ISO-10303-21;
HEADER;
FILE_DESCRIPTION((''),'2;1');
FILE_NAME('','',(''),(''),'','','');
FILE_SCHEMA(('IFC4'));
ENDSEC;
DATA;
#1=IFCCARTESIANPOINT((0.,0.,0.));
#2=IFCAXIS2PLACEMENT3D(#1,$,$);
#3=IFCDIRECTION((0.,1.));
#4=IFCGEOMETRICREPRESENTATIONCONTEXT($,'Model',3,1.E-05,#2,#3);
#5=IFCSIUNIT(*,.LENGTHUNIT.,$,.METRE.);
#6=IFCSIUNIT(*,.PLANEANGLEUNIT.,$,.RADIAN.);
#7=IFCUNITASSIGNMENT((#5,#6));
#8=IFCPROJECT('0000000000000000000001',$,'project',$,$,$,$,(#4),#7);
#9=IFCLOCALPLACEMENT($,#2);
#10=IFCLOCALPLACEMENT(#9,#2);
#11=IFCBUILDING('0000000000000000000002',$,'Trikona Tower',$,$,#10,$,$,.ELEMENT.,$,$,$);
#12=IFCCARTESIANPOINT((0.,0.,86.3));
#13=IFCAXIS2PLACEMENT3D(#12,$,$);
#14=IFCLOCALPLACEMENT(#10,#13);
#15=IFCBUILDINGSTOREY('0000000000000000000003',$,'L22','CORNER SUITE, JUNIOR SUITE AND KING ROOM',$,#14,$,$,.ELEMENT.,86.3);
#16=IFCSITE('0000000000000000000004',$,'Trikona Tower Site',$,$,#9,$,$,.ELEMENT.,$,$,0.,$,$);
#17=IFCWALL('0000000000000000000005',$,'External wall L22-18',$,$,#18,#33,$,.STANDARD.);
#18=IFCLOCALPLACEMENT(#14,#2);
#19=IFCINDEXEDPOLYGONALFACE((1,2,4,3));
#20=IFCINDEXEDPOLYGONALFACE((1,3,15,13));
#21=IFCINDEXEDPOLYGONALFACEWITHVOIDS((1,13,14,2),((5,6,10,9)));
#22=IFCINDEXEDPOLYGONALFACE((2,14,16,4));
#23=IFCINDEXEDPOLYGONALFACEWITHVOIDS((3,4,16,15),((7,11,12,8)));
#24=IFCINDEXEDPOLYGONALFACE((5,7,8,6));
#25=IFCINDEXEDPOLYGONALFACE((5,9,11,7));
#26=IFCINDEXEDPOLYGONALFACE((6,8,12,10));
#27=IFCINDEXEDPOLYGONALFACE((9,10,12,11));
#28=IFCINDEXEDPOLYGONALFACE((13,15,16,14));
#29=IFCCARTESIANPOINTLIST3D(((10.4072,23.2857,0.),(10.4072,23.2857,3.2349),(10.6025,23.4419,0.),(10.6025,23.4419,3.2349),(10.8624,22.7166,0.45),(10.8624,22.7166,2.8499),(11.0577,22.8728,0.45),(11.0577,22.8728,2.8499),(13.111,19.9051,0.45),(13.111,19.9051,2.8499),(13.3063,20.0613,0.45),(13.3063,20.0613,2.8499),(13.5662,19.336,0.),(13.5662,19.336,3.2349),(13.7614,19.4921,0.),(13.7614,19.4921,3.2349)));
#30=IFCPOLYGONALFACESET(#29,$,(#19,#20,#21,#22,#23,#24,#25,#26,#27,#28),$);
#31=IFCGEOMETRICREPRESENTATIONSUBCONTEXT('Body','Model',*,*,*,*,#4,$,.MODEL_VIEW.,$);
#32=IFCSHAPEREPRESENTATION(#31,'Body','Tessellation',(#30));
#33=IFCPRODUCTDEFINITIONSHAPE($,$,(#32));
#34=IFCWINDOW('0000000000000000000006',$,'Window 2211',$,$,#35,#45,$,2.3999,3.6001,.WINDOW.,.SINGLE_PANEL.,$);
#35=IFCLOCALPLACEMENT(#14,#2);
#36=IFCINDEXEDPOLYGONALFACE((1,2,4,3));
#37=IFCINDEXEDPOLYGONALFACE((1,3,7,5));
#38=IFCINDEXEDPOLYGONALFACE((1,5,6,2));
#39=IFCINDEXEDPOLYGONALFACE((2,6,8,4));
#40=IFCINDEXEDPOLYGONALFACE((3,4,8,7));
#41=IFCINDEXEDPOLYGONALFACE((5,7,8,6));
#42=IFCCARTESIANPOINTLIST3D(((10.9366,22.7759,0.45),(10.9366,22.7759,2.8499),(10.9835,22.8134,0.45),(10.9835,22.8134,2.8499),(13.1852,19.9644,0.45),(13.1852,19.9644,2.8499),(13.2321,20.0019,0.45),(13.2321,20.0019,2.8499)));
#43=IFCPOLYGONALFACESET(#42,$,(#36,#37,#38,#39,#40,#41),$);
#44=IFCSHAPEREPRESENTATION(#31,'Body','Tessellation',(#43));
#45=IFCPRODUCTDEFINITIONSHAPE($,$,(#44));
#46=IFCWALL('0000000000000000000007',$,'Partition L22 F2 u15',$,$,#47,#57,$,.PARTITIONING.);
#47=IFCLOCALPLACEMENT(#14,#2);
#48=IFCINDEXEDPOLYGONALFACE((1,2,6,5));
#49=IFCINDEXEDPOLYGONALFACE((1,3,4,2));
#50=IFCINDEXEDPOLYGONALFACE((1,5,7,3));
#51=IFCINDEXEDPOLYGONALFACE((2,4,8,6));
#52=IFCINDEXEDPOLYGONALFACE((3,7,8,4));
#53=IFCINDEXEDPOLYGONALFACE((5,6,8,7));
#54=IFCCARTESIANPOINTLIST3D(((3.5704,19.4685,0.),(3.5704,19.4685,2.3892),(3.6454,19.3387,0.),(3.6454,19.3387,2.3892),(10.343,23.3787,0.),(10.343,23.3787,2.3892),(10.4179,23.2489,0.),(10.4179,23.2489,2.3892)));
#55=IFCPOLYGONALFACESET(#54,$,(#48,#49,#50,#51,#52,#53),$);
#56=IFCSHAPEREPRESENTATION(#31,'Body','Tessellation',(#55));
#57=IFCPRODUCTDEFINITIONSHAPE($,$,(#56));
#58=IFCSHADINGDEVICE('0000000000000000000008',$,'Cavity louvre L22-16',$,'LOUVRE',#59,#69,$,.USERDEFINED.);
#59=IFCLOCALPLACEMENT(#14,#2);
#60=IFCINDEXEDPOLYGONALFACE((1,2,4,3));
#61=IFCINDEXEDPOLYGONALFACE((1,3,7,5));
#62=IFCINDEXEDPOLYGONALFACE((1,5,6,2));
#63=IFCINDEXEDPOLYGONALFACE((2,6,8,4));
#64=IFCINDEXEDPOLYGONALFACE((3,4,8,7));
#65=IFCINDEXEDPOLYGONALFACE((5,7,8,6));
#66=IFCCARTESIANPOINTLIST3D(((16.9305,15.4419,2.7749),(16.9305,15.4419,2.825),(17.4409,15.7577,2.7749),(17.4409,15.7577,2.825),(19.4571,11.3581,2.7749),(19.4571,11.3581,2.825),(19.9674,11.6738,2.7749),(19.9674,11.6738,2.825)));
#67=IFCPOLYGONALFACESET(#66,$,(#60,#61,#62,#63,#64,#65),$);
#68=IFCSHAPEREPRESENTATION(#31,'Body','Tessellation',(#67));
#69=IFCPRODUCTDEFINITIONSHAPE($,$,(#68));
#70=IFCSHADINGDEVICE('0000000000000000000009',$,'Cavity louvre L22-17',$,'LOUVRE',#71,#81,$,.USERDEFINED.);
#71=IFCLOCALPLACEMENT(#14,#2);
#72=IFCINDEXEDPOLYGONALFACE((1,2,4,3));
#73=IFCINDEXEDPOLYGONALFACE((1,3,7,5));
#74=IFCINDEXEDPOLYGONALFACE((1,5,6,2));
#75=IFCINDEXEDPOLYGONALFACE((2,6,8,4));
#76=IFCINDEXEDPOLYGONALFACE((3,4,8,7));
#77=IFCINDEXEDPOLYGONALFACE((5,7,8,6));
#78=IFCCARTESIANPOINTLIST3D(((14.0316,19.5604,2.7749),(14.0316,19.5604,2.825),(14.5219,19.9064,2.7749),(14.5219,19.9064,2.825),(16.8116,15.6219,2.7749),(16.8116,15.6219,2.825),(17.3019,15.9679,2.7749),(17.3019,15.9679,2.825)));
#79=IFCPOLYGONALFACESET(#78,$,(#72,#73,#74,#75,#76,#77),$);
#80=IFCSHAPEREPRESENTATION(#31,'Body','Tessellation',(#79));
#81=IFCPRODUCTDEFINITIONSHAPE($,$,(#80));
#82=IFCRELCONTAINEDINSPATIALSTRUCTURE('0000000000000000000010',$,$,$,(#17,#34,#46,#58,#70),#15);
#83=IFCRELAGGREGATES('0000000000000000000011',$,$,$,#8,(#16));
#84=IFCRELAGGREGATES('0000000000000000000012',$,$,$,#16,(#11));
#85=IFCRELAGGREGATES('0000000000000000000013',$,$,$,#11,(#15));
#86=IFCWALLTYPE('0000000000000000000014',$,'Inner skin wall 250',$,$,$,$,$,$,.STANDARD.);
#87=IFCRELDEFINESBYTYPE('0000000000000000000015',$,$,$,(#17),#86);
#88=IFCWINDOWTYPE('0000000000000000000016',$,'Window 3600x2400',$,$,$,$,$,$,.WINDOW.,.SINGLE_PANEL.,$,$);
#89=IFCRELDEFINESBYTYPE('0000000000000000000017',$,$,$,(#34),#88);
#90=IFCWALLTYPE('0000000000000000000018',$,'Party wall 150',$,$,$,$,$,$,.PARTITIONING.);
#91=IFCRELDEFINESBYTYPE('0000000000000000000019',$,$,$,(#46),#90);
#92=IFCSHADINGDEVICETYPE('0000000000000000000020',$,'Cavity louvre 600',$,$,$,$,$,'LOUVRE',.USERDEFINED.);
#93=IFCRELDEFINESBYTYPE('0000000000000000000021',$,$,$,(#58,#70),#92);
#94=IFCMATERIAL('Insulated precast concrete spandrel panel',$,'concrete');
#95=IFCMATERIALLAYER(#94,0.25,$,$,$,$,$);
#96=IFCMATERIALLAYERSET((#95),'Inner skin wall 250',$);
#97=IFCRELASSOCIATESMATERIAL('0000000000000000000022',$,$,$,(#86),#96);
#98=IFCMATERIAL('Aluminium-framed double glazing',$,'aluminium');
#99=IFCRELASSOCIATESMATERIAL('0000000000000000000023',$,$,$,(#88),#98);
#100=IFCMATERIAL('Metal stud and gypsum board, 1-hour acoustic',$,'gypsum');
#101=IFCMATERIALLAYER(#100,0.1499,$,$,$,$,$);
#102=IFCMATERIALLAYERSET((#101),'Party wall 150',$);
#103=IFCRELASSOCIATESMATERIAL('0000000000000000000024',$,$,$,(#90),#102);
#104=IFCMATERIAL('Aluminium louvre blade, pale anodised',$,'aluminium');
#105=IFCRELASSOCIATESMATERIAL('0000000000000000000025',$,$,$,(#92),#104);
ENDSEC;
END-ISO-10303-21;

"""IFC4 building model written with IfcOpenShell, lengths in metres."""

from ifc_helpers import new_model, si_unit, direction, frame, frame_2d, origin, origin_2d, place, context, subcontext, project, spatial, rectangle, extrude, material, layer, layer_set, type_object, element, fill, save


model = new_model("IFC4")

# Units and contexts
model_context = context("Model", 3, precision=1e-05, world=origin(), true_north=direction((0.0, 1.0)))
body_context = subcontext(model_context, "Body", "Model", "MODEL_VIEW")
ifc_project = project(units=[si_unit("LENGTHUNIT", "METRE"), si_unit("PLANEANGLEUNIT", "RADIAN")], contexts=[model_context])

# Site, building, storey
site_placement = place(None, origin())
site = spatial("IfcSite", under=ifc_project, at=site_placement, Name="Trikona Tower Site", CompositionType="ELEMENT", RefElevation=0.0)
building_placement = place(site_placement, origin())
building = spatial("IfcBuilding", under=site, at=building_placement, Name="Trikona Tower", CompositionType="ELEMENT")
storey_placement = place(building_placement, frame((0.0, 0.0, 86.3)))
storey = spatial("IfcBuildingStorey", under=building, at=storey_placement, Name="L22", Description="CORNER SUITE, JUNIOR SUITE AND KING ROOM", CompositionType="ELEMENT", Elevation=86.3)

# Wall, opening, window
ifc_material_1 = material(Name="Insulated precast concrete spandrel panel", Category="concrete")
ifc_layer_1 = layer(ifc_material_1, 0.25)
ifc_layer_set_1 = layer_set([ifc_layer_1], Name="Inner skin wall 250")
wall_type_1 = type_object("IfcWallType", Name="Inner skin wall 250", PredefinedType="STANDARD", material=ifc_layer_set_1)
ifc_material_2 = material(Name="Aluminium-framed double glazing", Category="aluminium")
window_type = type_object("IfcWindowType", Name="Window 3600x2400", PartitioningType="SINGLE_PANEL", PredefinedType="WINDOW", material=ifc_material_2)
wall_1_placement = place(storey_placement, frame((13.6638, 19.4141, 0.0), z_axis=(0.0, 0.0, 1.0), x_axis=(-0.624595, 0.780949, 0.0)))
wall_1 = element("IfcWall", 1, at=wall_1_placement, inside=storey, type_object=wall_type_1, Name="External wall L22-18", PredefinedType="STANDARD", context=body_context, shape_type="SweptSolid", body=[
    extrude(rectangle(XDim=5.0576, YDim=0.25, at=frame_2d((2.5288, 0.0))), origin(), (0.0, 0.0, 1.0), 3.2349),
])
opening_1_placement = place(wall_1_placement, frame((0.7288, 0.0, 0.45)))
opening_1 = element("IfcOpeningElement", 2, at=opening_1_placement, cuts=wall_1, PredefinedType="OPENING", context=body_context, shape_type="SweptSolid", body=[
    extrude(rectangle(XDim=3.6001, YDim=2.3999, at=frame_2d((1.8, 1.2))), frame((0.0, 0.135, 0.0), z_axis=(0.0, -1.0, 0.0), x_axis=(1.0, 0.0, 0.0)), (0.0, 0.0, 1.0), 0.27),
])
window_1_placement = place(opening_1_placement, origin())
window_1 = element("IfcWindow", 3, at=window_1_placement, inside=storey, type_object=window_type, Name="Window 2211", OverallHeight=2.3999, OverallWidth=3.6001, PartitioningType="SINGLE_PANEL", PredefinedType="WINDOW", context=body_context, shape_type="SweptSolid", body=[
    extrude(rectangle(XDim=3.6001, YDim=2.3999, at=frame_2d((1.8, 1.2))), frame((0.0, 0.03, 0.0), z_axis=(0.0, -1.0, 0.0), x_axis=(1.0, 0.0, 0.0)), (0.0, 0.0, 1.0), 0.0601),
])
fill(opening_1, window_1)

# Wall
ifc_material_3 = material(Name="Metal stud and gypsum board, 1-hour acoustic", Category="gypsum")
ifc_layer_2 = layer(ifc_material_3, 0.1499)
ifc_layer_set_2 = layer_set([ifc_layer_2], Name="Party wall 150")
wall_type_2 = type_object("IfcWallType", Name="Party wall 150", PredefinedType="PARTITIONING", material=ifc_layer_set_2)
wall_2_placement = place(storey_placement, frame((3.6079, 19.4036, 0.0), z_axis=(0.0, 0.0, 1.0), x_axis=(0.866021, 0.500007, 0.0)))
element("IfcWall", 4, at=wall_2_placement, inside=storey, type_object=wall_type_2, Name="Partition L22 F2 u15", PredefinedType="PARTITIONING", context=body_context, shape_type="SweptSolid", body=[
    extrude(rectangle(XDim=7.8203, YDim=0.1499, at=frame_2d((3.9102, 0.0))), origin(), (0.0, 0.0, 1.0), 2.3892),
])

# Shading devices
ifc_material_4 = material(Name="Aluminium louvre blade, pale anodised", Category="aluminium")
shading_device_type = type_object("IfcShadingDeviceType", Name="Cavity louvre 600", ElementType="LOUVRE", PredefinedType="USERDEFINED", material=ifc_material_4)
shading_device_1_placement = place(storey_placement, frame((18.449, 13.5579, 2.7749), z_axis=(0.0, 0.0, 1.0), x_axis=(-0.526119, 0.850411, 0.0)))
element("IfcShadingDevice", 5, at=shading_device_1_placement, inside=storey, type_object=shading_device_type, Name="Cavity louvre L22-16", ObjectType="LOUVRE", PredefinedType="USERDEFINED", context=body_context, shape_type="SweptSolid", body=[
    extrude(rectangle(XDim=4.8022, YDim=0.6001, at=origin_2d()), origin(), (0.0, 0.0, 1.0), 0.05),
])
shading_device_2_placement = place(storey_placement, frame((15.6667, 17.7642, 2.7749), z_axis=(0.0, 0.0, 1.0), x_axis=(-0.576662, 0.816983, 0.0)))
element("IfcShadingDevice", 6, at=shading_device_2_placement, inside=storey, type_object=shading_device_type, Name="Cavity louvre L22-17", ObjectType="LOUVRE", PredefinedType="USERDEFINED", context=body_context, shape_type="SweptSolid", body=[
    extrude(rectangle(XDim=4.8208, YDim=0.6001, at=origin_2d()), origin(), (0.0, 0.0, 1.0), 0.05),
])

save(model, "model.ifc")
